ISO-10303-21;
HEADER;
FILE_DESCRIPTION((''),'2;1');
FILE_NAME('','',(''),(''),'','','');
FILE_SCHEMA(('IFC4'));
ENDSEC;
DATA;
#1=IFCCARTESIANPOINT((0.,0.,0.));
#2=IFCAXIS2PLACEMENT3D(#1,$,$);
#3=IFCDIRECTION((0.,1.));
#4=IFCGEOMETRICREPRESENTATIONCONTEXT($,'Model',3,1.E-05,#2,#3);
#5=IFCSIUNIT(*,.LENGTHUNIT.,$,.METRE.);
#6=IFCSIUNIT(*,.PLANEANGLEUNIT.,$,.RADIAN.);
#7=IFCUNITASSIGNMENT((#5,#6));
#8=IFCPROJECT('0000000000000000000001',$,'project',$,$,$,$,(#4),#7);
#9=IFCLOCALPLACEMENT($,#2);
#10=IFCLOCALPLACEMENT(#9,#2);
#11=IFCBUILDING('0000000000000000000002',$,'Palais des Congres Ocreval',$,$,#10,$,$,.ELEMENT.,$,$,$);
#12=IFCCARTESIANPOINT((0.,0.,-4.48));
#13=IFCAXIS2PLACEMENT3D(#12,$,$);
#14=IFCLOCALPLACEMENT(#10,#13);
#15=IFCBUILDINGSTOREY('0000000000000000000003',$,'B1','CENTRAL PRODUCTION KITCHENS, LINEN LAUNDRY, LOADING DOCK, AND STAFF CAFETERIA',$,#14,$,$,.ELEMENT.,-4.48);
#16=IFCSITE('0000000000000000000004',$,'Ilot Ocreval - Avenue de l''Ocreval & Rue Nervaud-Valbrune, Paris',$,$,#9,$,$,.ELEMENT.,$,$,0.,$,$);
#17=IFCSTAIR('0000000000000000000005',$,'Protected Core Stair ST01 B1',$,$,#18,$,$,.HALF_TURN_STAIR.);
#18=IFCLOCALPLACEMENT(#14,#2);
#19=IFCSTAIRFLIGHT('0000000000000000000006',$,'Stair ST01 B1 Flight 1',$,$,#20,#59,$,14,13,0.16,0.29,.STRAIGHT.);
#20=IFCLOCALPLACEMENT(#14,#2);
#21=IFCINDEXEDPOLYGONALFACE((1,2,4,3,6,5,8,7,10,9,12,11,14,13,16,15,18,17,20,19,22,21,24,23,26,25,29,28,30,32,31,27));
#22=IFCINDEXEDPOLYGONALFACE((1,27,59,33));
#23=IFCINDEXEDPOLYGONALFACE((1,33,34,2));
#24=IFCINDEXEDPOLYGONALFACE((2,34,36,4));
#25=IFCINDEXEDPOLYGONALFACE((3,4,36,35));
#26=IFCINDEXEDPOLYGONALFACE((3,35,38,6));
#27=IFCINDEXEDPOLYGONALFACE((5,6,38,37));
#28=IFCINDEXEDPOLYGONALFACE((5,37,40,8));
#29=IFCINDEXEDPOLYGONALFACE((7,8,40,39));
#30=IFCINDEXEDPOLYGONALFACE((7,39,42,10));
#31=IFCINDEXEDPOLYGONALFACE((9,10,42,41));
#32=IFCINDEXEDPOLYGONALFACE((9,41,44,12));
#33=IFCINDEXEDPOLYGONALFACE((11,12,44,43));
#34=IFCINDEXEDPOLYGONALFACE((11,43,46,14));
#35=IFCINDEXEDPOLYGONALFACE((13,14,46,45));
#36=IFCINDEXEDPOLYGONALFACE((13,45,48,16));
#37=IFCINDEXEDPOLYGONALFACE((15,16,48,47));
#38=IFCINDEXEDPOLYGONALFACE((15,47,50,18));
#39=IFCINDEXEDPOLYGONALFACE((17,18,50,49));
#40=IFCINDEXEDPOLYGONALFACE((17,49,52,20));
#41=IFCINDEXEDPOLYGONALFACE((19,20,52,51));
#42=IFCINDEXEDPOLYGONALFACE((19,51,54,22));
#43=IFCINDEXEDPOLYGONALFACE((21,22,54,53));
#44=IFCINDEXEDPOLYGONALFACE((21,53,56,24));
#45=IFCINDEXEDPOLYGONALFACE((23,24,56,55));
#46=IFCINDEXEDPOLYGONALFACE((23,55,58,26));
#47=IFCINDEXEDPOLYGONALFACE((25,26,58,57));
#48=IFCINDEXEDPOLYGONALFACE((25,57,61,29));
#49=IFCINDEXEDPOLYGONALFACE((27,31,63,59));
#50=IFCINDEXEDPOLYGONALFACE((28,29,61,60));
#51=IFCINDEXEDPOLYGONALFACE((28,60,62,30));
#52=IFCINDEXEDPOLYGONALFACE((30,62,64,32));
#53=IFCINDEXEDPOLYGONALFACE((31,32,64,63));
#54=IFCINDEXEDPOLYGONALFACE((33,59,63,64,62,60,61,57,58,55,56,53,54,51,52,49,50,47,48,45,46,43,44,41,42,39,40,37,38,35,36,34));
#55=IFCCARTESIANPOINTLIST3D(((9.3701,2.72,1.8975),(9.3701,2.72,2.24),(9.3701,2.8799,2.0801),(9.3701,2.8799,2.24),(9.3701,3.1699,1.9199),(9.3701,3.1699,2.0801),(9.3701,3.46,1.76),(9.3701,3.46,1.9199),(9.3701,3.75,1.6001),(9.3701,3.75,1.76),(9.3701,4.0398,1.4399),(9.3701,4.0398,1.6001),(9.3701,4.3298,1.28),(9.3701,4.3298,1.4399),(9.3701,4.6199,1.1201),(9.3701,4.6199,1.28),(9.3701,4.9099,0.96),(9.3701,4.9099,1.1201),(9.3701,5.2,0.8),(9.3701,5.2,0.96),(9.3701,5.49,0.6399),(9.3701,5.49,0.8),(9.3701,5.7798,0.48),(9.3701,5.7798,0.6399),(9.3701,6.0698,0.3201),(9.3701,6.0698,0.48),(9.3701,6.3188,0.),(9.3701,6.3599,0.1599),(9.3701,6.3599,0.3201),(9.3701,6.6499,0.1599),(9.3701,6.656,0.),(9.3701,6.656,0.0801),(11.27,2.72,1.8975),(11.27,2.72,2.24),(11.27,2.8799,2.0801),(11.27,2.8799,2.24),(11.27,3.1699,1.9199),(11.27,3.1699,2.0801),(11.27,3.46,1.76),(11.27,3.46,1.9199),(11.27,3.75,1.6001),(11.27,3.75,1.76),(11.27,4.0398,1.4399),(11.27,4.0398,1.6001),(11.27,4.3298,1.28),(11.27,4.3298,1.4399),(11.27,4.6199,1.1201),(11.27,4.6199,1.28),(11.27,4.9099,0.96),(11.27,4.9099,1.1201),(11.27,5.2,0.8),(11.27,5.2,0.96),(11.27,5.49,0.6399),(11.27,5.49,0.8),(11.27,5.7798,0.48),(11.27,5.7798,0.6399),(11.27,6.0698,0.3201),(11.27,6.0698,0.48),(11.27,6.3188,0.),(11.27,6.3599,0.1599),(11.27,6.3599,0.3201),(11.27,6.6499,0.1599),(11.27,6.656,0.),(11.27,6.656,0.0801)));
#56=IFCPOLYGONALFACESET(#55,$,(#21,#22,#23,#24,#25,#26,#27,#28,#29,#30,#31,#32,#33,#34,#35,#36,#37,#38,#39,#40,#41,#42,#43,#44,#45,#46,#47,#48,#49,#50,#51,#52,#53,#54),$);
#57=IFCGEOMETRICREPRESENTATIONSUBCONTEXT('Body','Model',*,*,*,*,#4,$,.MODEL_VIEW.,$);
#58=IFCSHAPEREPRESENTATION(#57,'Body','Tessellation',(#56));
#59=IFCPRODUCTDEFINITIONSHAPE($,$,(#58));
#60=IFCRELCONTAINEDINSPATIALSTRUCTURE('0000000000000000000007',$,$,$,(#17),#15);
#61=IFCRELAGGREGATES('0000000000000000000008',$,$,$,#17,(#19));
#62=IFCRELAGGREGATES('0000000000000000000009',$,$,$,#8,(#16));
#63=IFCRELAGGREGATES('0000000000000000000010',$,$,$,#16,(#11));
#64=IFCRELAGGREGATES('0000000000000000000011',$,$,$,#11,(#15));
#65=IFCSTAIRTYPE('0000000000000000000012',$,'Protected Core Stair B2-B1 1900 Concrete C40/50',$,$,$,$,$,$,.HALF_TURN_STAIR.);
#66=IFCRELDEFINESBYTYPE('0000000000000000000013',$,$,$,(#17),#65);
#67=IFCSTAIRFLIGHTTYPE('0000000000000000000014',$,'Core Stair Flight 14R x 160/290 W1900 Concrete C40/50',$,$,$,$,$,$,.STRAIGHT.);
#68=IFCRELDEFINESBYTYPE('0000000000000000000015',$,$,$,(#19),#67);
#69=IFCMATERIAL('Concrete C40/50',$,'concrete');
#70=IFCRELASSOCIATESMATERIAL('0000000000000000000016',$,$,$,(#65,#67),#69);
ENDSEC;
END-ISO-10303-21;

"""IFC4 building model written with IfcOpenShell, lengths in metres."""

from ifc_helpers import new_model, si_unit, direction, frame, origin, place, context, subcontext, project, spatial, polyline, outline, extrude, material, type_object, element, aggregate, save


model = new_model("IFC4")

# Units and contexts
model_context = context("Model", 3, precision=1e-05, world=origin(), true_north=direction((0.0, 1.0)))
body_context = subcontext(model_context, "Body", "Model", "MODEL_VIEW")
ifc_project = project(units=[si_unit("LENGTHUNIT", "METRE"), si_unit("PLANEANGLEUNIT", "RADIAN")], contexts=[model_context])

# Site, building, storey
site_placement = place(None, origin())
site = spatial("IfcSite", under=ifc_project, at=site_placement, Name="Ilot Ocreval - Avenue de l'Ocreval & Rue Nervaud-Valbrune, Paris", CompositionType="ELEMENT", RefElevation=0.0)
building_placement = place(site_placement, origin())
building = spatial("IfcBuilding", under=site, at=building_placement, Name="Palais des Congres Ocreval", CompositionType="ELEMENT")
storey_placement = place(building_placement, frame((0.0, 0.0, -4.48)))
storey = spatial("IfcBuildingStorey", under=building, at=storey_placement, Name="B1", Description="CENTRAL PRODUCTION KITCHENS, LINEN LAUNDRY, LOADING DOCK, AND STAFF CAFETERIA", CompositionType="ELEMENT", Elevation=-4.48)

# Shared definitions
ifc_material_1 = material(Name="Concrete C40/50", Category="concrete")

# Stair, stair flight
stair_type = type_object("IfcStairType", Name="Protected Core Stair B2-B1 1900 Concrete C40/50", PredefinedType="HALF_TURN_STAIR", material=ifc_material_1)
stair_placement = place(storey_placement, origin())
stair = element("IfcStair", 1, at=stair_placement, inside=storey, type_object=stair_type, Name="Protected Core Stair ST01 B1", PredefinedType="HALF_TURN_STAIR")
stair_flight_type = type_object("IfcStairFlightType", Name="Core Stair Flight 14R x 160/290 W1900 Concrete C40/50", PredefinedType="STRAIGHT", material=ifc_material_1)
stair_flight_placement = place(storey_placement, frame((10.3201, 6.6499, 0.0), z_axis=(0.0, 0.0, 1.0), x_axis=(0.0, -1.0, 0.0)))
stair_flight = element("IfcStairFlight", 2, at=stair_flight_placement, type_object=stair_flight_type, Name="Stair ST01 B1 Flight 1", NumberOfRisers=14, NumberOfTreads=13, PredefinedType="STRAIGHT", RiserHeight=0.16, TreadLength=0.29, context=body_context, shape_type="SweptSolid", body=[
    extrude(outline(polyline([(-0.0061, 0.0), (-0.0061, 0.0801), (0.0, 0.1599), (0.29, 0.1599), (0.29, 0.3201), (0.5801, 0.3201), (0.5801, 0.48), (0.8701, 0.48), (0.8701, 0.6399), (1.1599, 0.6399), (1.1599, 0.8), (1.45, 0.8), (1.45, 0.96), (1.74, 0.96), (1.74, 1.1201), (2.03, 1.1201), (2.03, 1.28), (2.3201, 1.28), (2.3201, 1.4399), (2.6101, 1.4399), (2.6101, 1.6001), (2.8999, 1.6001), (2.8999, 1.76), (3.1899, 1.76), (3.1899, 1.9199), (3.48, 1.9199), (3.48, 2.0801), (3.77, 2.0801), (3.77, 2.24), (3.9299, 2.24), (3.9299, 1.8975), (0.3311, 0.0), (-0.0061, 0.0)])), frame((0.0, 0.95, 0.0), z_axis=(0.0, -1.0, 0.0), x_axis=(1.0, 0.0, 0.0)), (0.0, 0.0, 1.0), 1.8999),
])
aggregate(stair, [stair_flight])

save(model, "model.ifc")
